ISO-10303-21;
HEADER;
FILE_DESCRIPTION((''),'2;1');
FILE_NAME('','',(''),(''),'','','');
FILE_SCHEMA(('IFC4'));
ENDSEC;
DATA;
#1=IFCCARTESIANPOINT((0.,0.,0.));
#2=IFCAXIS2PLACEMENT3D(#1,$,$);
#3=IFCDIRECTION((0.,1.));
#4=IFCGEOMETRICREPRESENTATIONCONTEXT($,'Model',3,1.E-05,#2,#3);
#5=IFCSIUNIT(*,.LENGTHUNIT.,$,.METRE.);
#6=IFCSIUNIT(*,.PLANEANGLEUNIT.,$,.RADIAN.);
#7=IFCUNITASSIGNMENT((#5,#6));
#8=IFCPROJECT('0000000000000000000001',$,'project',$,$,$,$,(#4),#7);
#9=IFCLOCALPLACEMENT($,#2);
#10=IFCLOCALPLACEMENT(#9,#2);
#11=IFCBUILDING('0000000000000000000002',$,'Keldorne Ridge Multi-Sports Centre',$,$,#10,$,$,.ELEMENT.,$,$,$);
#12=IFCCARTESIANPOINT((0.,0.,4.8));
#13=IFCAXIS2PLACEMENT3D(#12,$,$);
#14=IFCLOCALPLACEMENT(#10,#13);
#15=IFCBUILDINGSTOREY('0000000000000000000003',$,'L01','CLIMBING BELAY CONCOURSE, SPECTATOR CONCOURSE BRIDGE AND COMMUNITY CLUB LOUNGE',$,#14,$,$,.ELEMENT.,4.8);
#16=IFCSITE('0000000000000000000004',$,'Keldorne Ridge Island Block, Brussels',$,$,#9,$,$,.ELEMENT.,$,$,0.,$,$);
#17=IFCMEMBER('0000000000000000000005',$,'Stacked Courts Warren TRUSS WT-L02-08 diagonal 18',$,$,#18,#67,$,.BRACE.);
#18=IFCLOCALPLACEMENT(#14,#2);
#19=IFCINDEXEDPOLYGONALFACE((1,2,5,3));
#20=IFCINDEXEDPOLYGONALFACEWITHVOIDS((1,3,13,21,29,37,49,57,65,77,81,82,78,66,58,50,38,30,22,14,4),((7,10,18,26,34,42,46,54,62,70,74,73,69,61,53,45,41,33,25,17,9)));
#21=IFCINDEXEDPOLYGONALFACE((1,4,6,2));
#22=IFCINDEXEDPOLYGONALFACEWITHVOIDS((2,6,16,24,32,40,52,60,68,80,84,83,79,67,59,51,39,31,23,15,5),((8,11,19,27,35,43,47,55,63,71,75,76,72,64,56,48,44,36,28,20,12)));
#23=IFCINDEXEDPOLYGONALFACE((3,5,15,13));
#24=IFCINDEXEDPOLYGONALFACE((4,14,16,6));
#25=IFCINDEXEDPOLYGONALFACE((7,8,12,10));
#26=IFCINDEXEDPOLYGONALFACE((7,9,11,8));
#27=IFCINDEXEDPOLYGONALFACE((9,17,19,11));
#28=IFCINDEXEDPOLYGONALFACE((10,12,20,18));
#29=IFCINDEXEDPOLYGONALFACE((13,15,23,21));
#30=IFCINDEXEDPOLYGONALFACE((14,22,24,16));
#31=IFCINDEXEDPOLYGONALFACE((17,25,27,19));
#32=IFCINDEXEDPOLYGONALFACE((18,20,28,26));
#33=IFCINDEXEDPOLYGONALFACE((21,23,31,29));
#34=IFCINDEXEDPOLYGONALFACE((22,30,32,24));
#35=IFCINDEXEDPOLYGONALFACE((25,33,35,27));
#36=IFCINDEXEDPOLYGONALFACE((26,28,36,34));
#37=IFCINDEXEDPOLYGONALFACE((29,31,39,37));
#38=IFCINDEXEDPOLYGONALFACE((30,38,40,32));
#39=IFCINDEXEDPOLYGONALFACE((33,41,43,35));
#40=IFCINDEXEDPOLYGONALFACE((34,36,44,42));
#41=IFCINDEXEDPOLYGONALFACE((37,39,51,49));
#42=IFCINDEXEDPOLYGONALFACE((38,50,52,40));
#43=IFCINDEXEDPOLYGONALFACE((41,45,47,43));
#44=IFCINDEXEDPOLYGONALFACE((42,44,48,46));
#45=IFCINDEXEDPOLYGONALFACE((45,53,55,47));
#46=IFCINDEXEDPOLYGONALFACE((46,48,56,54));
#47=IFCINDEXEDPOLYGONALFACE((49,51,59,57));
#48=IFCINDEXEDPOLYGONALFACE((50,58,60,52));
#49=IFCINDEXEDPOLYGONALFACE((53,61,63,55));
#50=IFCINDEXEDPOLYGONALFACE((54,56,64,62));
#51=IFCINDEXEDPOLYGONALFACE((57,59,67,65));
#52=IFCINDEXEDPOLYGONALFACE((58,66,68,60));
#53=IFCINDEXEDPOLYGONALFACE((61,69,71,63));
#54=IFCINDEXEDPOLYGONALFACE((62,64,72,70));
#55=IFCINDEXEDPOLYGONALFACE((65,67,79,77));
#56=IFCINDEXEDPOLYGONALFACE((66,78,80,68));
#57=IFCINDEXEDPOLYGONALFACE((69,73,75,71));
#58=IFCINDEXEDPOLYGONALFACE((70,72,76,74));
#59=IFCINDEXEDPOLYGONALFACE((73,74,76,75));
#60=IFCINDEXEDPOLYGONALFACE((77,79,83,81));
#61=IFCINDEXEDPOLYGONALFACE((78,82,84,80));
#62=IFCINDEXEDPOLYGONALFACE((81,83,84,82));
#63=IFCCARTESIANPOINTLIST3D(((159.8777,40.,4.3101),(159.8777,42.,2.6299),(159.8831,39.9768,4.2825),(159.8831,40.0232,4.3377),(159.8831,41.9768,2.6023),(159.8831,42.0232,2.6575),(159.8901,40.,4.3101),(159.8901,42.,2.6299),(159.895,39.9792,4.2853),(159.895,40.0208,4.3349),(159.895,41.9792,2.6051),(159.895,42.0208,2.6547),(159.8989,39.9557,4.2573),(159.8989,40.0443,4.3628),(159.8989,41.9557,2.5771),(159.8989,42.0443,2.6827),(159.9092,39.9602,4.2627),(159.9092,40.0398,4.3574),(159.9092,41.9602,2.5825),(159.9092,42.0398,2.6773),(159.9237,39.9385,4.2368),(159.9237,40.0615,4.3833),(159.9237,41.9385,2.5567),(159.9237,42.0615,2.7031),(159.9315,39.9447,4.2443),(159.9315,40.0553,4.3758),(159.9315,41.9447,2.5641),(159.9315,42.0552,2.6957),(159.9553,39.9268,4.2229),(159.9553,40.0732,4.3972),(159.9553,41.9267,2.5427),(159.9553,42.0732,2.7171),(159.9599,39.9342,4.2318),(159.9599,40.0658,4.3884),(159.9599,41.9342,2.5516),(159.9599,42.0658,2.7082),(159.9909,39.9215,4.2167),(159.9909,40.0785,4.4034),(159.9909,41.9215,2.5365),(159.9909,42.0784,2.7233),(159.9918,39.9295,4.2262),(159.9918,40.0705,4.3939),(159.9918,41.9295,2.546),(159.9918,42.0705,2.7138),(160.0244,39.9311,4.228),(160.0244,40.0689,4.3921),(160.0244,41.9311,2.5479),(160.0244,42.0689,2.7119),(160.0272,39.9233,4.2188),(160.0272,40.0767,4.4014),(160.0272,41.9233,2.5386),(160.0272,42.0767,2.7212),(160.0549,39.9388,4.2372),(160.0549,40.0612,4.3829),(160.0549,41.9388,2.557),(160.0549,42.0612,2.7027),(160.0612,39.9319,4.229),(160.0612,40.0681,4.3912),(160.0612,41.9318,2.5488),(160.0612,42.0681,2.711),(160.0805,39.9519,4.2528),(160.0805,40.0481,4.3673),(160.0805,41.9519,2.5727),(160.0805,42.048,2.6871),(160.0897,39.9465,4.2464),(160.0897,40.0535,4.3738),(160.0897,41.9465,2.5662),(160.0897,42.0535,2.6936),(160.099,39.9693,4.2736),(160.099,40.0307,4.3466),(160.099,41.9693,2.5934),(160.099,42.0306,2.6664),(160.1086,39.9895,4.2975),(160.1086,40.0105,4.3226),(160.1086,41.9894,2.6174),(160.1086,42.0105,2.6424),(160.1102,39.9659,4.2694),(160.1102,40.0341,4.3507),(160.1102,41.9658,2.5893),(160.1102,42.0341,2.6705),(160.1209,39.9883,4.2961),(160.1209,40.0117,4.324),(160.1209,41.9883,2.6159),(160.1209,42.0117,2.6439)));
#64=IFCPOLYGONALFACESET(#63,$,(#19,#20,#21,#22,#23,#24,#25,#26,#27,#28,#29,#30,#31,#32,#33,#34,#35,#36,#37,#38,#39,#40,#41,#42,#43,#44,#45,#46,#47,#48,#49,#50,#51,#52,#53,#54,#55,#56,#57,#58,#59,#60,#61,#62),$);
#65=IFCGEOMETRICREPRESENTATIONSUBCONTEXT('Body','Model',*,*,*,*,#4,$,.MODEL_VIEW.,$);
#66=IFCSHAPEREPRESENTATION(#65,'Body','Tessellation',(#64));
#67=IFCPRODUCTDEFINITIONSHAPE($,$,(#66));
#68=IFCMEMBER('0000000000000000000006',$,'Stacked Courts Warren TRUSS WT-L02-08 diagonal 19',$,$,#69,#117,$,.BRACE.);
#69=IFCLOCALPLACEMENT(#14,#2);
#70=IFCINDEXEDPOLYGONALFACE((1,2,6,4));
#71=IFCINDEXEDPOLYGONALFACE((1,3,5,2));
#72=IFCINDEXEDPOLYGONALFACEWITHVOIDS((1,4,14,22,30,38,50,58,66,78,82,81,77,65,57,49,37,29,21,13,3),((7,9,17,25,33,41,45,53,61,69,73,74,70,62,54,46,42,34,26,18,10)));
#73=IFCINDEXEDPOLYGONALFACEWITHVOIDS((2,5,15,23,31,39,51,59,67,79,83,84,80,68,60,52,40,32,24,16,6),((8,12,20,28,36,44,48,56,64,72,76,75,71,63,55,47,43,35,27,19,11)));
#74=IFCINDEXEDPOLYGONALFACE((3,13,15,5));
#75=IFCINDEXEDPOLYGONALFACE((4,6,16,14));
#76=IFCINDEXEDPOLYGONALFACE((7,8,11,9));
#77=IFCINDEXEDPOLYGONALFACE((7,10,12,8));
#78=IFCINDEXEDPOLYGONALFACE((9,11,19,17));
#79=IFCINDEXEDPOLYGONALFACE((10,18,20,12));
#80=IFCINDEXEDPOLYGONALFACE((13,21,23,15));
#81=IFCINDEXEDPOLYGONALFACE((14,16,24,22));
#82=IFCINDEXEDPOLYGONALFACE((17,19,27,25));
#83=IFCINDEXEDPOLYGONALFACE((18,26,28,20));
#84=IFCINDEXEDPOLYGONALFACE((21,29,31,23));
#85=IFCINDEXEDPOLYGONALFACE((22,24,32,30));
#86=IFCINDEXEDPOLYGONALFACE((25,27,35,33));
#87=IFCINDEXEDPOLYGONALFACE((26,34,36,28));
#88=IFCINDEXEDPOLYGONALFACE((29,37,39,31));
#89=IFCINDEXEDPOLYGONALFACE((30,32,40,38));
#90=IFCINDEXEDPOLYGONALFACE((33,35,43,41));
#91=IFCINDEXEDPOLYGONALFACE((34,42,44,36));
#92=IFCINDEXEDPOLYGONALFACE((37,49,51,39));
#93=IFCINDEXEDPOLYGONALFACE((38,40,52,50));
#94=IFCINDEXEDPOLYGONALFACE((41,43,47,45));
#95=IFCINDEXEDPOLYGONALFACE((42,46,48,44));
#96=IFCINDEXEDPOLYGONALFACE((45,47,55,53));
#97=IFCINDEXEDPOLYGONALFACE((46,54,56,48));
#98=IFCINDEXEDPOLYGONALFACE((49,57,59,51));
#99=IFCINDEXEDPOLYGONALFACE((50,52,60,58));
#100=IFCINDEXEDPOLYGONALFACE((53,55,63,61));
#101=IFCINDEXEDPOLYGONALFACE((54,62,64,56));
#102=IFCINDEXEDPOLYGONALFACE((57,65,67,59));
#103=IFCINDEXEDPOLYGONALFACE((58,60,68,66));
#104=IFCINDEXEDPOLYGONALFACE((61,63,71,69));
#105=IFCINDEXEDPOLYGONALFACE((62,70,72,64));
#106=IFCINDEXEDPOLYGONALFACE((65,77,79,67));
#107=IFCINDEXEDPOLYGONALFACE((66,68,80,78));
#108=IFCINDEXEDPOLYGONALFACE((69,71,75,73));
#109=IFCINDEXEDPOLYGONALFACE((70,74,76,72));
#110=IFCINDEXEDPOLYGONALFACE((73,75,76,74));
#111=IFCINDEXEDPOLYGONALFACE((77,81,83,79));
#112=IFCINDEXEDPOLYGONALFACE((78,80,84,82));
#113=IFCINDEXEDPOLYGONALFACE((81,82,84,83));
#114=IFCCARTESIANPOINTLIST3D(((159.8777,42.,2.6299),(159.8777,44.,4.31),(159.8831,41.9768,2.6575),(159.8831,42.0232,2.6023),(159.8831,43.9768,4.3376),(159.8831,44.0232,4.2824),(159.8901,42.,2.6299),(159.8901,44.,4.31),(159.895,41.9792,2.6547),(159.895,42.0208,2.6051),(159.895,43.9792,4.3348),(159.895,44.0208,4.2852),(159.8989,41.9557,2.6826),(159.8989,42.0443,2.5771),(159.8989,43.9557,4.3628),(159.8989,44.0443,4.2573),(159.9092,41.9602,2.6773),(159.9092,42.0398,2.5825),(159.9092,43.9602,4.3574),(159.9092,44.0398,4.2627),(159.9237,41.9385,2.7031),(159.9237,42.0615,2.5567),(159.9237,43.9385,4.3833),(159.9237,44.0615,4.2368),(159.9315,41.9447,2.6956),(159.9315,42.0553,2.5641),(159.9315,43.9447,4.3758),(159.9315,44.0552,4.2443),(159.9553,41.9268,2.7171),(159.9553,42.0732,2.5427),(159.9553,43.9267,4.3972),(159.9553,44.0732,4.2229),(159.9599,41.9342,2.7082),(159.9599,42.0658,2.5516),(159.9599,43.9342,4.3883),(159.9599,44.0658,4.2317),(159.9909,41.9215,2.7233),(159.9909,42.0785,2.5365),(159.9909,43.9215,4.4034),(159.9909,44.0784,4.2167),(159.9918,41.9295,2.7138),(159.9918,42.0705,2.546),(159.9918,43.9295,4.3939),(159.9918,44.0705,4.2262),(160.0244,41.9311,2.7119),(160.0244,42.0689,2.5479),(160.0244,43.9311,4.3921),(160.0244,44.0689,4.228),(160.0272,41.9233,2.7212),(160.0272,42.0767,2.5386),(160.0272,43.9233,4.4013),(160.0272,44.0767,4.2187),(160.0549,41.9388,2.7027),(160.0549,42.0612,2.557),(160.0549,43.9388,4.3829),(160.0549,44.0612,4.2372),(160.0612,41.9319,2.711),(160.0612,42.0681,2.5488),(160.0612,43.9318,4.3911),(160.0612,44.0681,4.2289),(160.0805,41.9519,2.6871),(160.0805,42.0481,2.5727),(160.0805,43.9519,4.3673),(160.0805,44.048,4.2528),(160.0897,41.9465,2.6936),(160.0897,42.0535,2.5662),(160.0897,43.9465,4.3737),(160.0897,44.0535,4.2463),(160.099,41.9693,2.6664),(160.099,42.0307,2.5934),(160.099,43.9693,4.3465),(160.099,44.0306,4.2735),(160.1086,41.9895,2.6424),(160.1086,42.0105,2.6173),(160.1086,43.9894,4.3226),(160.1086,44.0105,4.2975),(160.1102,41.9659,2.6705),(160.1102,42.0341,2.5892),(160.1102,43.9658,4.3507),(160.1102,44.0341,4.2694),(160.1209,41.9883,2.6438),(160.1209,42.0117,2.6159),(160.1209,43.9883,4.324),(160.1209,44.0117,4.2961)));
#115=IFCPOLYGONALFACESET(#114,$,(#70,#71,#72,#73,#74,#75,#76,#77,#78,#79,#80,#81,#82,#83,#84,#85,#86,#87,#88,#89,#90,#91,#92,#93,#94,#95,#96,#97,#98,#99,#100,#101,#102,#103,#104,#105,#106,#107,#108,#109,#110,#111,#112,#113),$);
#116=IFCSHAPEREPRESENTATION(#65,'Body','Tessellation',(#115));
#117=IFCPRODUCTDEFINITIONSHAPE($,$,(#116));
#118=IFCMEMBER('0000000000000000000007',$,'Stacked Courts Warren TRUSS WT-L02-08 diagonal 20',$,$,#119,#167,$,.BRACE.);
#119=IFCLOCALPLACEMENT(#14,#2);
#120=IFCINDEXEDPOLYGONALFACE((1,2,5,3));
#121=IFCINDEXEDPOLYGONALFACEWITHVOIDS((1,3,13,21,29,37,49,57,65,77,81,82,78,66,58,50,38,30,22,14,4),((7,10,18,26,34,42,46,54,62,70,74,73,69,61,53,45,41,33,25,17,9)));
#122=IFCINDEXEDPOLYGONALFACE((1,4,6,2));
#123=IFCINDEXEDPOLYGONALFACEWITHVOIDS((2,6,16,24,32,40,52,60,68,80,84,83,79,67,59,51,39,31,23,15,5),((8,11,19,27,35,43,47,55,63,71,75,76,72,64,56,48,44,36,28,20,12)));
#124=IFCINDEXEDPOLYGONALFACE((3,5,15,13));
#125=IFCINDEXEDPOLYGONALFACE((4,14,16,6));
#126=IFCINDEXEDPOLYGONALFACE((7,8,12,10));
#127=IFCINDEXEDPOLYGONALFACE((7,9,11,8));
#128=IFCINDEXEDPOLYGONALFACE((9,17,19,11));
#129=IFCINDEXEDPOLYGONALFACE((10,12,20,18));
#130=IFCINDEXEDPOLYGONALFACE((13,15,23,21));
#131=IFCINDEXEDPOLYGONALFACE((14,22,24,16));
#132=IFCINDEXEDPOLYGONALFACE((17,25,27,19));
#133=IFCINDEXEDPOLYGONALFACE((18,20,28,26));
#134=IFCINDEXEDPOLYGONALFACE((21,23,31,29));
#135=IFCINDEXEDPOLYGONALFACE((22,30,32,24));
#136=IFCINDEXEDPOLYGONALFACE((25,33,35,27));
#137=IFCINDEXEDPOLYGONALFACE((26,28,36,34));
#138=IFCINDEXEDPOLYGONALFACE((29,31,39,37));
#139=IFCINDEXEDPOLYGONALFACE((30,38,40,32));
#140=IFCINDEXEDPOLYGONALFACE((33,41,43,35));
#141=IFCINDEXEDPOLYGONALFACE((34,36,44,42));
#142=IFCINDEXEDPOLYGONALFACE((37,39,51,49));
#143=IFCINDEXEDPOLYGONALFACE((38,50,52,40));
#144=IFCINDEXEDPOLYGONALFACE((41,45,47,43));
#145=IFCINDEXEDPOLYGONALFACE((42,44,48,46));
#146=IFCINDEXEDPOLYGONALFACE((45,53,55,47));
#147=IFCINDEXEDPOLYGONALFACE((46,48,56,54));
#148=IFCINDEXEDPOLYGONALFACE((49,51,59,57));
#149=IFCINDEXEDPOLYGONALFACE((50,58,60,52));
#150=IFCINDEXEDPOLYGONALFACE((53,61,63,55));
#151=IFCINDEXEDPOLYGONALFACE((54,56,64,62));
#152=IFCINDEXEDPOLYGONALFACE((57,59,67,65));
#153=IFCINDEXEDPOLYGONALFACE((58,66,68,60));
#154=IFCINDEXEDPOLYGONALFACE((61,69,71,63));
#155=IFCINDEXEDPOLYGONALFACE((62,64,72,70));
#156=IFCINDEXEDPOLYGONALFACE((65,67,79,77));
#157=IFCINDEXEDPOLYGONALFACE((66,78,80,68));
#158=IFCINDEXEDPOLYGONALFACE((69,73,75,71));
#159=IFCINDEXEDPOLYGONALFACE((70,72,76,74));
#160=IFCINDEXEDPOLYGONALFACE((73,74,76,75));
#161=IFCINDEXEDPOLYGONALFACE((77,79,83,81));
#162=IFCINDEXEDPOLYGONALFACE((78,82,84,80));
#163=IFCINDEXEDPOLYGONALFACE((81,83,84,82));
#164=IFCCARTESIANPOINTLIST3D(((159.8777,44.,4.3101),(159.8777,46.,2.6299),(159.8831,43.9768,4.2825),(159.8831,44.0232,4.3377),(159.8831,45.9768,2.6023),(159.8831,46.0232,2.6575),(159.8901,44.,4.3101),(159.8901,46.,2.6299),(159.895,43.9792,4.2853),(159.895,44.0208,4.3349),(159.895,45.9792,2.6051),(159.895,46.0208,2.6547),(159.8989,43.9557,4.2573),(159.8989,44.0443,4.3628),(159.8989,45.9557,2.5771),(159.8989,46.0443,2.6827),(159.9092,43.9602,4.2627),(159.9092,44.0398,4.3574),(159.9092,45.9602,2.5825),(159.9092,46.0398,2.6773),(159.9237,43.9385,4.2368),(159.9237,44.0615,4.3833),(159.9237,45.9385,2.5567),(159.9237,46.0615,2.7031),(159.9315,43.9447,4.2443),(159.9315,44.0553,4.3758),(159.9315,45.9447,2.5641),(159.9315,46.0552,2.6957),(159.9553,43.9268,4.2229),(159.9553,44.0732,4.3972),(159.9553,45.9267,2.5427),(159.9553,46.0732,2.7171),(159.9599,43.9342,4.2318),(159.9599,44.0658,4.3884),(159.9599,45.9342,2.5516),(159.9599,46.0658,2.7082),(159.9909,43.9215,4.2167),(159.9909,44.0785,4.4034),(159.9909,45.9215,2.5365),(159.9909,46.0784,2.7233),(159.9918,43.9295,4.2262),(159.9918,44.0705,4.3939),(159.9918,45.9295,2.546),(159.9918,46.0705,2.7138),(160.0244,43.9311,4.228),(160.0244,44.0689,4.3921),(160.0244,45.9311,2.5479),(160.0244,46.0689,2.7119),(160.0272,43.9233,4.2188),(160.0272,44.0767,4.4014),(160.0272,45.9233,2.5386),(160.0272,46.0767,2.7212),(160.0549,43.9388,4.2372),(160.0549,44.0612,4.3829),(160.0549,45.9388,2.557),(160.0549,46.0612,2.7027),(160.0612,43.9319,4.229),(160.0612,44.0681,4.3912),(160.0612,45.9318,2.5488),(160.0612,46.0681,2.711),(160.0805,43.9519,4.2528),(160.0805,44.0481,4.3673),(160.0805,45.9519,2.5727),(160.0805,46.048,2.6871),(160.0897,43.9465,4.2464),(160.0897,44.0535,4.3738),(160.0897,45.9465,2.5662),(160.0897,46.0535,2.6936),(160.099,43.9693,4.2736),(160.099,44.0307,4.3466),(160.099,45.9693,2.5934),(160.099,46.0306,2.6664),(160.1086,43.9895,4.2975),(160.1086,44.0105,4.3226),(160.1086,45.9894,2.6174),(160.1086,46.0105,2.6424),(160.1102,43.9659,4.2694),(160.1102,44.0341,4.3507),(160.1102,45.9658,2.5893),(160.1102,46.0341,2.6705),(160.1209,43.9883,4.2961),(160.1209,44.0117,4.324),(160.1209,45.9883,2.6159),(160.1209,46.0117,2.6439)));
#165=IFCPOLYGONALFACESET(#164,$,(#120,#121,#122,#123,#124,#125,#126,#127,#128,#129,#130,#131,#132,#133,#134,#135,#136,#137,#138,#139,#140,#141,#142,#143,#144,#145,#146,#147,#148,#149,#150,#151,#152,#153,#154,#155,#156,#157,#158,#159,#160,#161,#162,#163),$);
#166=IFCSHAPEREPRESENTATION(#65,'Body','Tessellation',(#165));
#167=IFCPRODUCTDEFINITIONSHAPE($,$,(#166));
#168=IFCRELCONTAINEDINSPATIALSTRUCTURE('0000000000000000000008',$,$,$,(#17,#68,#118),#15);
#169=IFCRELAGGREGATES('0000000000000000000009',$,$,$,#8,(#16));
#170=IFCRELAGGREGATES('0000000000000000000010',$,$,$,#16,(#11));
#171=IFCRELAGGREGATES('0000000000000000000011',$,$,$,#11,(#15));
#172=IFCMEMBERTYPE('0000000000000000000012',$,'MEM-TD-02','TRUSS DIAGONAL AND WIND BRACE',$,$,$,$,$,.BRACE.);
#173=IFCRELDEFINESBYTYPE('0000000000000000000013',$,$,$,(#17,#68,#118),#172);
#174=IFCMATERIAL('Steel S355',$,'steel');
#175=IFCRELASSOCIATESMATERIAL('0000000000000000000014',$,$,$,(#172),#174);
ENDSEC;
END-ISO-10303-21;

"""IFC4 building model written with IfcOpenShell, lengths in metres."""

from ifc_helpers import new_model, si_unit, direction, frame, origin, origin_2d, place, context, subcontext, project, spatial, hollow_circle, extrude, material, material_profile, profile_set, type_object, element, save


model = new_model("IFC4")

# Units and contexts
model_context = context("Model", 3, precision=1e-05, world=origin(), true_north=direction((0.0, 1.0)))
body_context = subcontext(model_context, "Body", "Model", "MODEL_VIEW")
ifc_project = project(units=[si_unit("LENGTHUNIT", "METRE"), si_unit("PLANEANGLEUNIT", "RADIAN")], contexts=[model_context])

# Site, building, storey
site_placement = place(None, origin())
site = spatial("IfcSite", under=ifc_project, at=site_placement, Name="Keldorne Ridge Island Block, Brussels", CompositionType="ELEMENT", RefElevation=0.0)
building_placement = place(site_placement, origin())
building = spatial("IfcBuilding", under=site, at=building_placement, Name="Keldorne Ridge Multi-Sports Centre", CompositionType="ELEMENT")
storey_placement = place(building_placement, frame((0.0, 0.0, 4.8)))
storey = spatial("IfcBuildingStorey", under=building, at=storey_placement, Name="L01", Description="CLIMBING BELAY CONCOURSE, SPECTATOR CONCOURSE BRIDGE AND COMMUNITY CLUB LOUNGE", CompositionType="ELEMENT", Elevation=4.8)

# Shared definitions
ifc_material = material(Name="Steel S355", Category="steel")

# Members
ifc_material_profile_1 = material_profile(ifc_material, hollow_circle(Radius=0.1223, WallThickness=0.0125, at=origin_2d()), Name="CHS 244.5x12.5")
ifc_profile_set_1 = profile_set([ifc_material_profile_1], Name="Steel S355")
member_type_1 = type_object("IfcMemberType", Name="MEM-TD-02", Description="TRUSS DIAGONAL AND WIND BRACE", PredefinedType="BRACE", material=ifc_profile_set_1)
for number, where, z_axis, x_axis, name in (
    (1, (160.0, 40.0, 4.3101), (0.0, 0.765672, -0.643232), (-1.0, 0.0, 0.0), "Stacked Courts Warren TRUSS WT-L02-08 diagonal 18"),
    (2, (160.0, 42.0, 2.6299), (0.0, 0.765672, 0.643232), (-1.0, 0.0, 0.0), "Stacked Courts Warren TRUSS WT-L02-08 diagonal 19"),
    (3, (160.0, 44.0, 4.3101), (0.0, 0.765672, -0.643232), (-1.0, 0.0, 0.0), "Stacked Courts Warren TRUSS WT-L02-08 diagonal 20"),
):
    element("IfcMember", number, at=place(storey_placement, frame(where, z_axis=z_axis, x_axis=x_axis)), inside=storey, type_object=member_type_1, Name=name, PredefinedType="BRACE", context=body_context, shape_type="SweptSolid", body=[
        extrude(hollow_circle(Radius=0.1223, WallThickness=0.0125, at=origin_2d()), origin(), (0.0, 0.0, 1.0), 2.6121),
    ])

save(model, "model.ifc")
